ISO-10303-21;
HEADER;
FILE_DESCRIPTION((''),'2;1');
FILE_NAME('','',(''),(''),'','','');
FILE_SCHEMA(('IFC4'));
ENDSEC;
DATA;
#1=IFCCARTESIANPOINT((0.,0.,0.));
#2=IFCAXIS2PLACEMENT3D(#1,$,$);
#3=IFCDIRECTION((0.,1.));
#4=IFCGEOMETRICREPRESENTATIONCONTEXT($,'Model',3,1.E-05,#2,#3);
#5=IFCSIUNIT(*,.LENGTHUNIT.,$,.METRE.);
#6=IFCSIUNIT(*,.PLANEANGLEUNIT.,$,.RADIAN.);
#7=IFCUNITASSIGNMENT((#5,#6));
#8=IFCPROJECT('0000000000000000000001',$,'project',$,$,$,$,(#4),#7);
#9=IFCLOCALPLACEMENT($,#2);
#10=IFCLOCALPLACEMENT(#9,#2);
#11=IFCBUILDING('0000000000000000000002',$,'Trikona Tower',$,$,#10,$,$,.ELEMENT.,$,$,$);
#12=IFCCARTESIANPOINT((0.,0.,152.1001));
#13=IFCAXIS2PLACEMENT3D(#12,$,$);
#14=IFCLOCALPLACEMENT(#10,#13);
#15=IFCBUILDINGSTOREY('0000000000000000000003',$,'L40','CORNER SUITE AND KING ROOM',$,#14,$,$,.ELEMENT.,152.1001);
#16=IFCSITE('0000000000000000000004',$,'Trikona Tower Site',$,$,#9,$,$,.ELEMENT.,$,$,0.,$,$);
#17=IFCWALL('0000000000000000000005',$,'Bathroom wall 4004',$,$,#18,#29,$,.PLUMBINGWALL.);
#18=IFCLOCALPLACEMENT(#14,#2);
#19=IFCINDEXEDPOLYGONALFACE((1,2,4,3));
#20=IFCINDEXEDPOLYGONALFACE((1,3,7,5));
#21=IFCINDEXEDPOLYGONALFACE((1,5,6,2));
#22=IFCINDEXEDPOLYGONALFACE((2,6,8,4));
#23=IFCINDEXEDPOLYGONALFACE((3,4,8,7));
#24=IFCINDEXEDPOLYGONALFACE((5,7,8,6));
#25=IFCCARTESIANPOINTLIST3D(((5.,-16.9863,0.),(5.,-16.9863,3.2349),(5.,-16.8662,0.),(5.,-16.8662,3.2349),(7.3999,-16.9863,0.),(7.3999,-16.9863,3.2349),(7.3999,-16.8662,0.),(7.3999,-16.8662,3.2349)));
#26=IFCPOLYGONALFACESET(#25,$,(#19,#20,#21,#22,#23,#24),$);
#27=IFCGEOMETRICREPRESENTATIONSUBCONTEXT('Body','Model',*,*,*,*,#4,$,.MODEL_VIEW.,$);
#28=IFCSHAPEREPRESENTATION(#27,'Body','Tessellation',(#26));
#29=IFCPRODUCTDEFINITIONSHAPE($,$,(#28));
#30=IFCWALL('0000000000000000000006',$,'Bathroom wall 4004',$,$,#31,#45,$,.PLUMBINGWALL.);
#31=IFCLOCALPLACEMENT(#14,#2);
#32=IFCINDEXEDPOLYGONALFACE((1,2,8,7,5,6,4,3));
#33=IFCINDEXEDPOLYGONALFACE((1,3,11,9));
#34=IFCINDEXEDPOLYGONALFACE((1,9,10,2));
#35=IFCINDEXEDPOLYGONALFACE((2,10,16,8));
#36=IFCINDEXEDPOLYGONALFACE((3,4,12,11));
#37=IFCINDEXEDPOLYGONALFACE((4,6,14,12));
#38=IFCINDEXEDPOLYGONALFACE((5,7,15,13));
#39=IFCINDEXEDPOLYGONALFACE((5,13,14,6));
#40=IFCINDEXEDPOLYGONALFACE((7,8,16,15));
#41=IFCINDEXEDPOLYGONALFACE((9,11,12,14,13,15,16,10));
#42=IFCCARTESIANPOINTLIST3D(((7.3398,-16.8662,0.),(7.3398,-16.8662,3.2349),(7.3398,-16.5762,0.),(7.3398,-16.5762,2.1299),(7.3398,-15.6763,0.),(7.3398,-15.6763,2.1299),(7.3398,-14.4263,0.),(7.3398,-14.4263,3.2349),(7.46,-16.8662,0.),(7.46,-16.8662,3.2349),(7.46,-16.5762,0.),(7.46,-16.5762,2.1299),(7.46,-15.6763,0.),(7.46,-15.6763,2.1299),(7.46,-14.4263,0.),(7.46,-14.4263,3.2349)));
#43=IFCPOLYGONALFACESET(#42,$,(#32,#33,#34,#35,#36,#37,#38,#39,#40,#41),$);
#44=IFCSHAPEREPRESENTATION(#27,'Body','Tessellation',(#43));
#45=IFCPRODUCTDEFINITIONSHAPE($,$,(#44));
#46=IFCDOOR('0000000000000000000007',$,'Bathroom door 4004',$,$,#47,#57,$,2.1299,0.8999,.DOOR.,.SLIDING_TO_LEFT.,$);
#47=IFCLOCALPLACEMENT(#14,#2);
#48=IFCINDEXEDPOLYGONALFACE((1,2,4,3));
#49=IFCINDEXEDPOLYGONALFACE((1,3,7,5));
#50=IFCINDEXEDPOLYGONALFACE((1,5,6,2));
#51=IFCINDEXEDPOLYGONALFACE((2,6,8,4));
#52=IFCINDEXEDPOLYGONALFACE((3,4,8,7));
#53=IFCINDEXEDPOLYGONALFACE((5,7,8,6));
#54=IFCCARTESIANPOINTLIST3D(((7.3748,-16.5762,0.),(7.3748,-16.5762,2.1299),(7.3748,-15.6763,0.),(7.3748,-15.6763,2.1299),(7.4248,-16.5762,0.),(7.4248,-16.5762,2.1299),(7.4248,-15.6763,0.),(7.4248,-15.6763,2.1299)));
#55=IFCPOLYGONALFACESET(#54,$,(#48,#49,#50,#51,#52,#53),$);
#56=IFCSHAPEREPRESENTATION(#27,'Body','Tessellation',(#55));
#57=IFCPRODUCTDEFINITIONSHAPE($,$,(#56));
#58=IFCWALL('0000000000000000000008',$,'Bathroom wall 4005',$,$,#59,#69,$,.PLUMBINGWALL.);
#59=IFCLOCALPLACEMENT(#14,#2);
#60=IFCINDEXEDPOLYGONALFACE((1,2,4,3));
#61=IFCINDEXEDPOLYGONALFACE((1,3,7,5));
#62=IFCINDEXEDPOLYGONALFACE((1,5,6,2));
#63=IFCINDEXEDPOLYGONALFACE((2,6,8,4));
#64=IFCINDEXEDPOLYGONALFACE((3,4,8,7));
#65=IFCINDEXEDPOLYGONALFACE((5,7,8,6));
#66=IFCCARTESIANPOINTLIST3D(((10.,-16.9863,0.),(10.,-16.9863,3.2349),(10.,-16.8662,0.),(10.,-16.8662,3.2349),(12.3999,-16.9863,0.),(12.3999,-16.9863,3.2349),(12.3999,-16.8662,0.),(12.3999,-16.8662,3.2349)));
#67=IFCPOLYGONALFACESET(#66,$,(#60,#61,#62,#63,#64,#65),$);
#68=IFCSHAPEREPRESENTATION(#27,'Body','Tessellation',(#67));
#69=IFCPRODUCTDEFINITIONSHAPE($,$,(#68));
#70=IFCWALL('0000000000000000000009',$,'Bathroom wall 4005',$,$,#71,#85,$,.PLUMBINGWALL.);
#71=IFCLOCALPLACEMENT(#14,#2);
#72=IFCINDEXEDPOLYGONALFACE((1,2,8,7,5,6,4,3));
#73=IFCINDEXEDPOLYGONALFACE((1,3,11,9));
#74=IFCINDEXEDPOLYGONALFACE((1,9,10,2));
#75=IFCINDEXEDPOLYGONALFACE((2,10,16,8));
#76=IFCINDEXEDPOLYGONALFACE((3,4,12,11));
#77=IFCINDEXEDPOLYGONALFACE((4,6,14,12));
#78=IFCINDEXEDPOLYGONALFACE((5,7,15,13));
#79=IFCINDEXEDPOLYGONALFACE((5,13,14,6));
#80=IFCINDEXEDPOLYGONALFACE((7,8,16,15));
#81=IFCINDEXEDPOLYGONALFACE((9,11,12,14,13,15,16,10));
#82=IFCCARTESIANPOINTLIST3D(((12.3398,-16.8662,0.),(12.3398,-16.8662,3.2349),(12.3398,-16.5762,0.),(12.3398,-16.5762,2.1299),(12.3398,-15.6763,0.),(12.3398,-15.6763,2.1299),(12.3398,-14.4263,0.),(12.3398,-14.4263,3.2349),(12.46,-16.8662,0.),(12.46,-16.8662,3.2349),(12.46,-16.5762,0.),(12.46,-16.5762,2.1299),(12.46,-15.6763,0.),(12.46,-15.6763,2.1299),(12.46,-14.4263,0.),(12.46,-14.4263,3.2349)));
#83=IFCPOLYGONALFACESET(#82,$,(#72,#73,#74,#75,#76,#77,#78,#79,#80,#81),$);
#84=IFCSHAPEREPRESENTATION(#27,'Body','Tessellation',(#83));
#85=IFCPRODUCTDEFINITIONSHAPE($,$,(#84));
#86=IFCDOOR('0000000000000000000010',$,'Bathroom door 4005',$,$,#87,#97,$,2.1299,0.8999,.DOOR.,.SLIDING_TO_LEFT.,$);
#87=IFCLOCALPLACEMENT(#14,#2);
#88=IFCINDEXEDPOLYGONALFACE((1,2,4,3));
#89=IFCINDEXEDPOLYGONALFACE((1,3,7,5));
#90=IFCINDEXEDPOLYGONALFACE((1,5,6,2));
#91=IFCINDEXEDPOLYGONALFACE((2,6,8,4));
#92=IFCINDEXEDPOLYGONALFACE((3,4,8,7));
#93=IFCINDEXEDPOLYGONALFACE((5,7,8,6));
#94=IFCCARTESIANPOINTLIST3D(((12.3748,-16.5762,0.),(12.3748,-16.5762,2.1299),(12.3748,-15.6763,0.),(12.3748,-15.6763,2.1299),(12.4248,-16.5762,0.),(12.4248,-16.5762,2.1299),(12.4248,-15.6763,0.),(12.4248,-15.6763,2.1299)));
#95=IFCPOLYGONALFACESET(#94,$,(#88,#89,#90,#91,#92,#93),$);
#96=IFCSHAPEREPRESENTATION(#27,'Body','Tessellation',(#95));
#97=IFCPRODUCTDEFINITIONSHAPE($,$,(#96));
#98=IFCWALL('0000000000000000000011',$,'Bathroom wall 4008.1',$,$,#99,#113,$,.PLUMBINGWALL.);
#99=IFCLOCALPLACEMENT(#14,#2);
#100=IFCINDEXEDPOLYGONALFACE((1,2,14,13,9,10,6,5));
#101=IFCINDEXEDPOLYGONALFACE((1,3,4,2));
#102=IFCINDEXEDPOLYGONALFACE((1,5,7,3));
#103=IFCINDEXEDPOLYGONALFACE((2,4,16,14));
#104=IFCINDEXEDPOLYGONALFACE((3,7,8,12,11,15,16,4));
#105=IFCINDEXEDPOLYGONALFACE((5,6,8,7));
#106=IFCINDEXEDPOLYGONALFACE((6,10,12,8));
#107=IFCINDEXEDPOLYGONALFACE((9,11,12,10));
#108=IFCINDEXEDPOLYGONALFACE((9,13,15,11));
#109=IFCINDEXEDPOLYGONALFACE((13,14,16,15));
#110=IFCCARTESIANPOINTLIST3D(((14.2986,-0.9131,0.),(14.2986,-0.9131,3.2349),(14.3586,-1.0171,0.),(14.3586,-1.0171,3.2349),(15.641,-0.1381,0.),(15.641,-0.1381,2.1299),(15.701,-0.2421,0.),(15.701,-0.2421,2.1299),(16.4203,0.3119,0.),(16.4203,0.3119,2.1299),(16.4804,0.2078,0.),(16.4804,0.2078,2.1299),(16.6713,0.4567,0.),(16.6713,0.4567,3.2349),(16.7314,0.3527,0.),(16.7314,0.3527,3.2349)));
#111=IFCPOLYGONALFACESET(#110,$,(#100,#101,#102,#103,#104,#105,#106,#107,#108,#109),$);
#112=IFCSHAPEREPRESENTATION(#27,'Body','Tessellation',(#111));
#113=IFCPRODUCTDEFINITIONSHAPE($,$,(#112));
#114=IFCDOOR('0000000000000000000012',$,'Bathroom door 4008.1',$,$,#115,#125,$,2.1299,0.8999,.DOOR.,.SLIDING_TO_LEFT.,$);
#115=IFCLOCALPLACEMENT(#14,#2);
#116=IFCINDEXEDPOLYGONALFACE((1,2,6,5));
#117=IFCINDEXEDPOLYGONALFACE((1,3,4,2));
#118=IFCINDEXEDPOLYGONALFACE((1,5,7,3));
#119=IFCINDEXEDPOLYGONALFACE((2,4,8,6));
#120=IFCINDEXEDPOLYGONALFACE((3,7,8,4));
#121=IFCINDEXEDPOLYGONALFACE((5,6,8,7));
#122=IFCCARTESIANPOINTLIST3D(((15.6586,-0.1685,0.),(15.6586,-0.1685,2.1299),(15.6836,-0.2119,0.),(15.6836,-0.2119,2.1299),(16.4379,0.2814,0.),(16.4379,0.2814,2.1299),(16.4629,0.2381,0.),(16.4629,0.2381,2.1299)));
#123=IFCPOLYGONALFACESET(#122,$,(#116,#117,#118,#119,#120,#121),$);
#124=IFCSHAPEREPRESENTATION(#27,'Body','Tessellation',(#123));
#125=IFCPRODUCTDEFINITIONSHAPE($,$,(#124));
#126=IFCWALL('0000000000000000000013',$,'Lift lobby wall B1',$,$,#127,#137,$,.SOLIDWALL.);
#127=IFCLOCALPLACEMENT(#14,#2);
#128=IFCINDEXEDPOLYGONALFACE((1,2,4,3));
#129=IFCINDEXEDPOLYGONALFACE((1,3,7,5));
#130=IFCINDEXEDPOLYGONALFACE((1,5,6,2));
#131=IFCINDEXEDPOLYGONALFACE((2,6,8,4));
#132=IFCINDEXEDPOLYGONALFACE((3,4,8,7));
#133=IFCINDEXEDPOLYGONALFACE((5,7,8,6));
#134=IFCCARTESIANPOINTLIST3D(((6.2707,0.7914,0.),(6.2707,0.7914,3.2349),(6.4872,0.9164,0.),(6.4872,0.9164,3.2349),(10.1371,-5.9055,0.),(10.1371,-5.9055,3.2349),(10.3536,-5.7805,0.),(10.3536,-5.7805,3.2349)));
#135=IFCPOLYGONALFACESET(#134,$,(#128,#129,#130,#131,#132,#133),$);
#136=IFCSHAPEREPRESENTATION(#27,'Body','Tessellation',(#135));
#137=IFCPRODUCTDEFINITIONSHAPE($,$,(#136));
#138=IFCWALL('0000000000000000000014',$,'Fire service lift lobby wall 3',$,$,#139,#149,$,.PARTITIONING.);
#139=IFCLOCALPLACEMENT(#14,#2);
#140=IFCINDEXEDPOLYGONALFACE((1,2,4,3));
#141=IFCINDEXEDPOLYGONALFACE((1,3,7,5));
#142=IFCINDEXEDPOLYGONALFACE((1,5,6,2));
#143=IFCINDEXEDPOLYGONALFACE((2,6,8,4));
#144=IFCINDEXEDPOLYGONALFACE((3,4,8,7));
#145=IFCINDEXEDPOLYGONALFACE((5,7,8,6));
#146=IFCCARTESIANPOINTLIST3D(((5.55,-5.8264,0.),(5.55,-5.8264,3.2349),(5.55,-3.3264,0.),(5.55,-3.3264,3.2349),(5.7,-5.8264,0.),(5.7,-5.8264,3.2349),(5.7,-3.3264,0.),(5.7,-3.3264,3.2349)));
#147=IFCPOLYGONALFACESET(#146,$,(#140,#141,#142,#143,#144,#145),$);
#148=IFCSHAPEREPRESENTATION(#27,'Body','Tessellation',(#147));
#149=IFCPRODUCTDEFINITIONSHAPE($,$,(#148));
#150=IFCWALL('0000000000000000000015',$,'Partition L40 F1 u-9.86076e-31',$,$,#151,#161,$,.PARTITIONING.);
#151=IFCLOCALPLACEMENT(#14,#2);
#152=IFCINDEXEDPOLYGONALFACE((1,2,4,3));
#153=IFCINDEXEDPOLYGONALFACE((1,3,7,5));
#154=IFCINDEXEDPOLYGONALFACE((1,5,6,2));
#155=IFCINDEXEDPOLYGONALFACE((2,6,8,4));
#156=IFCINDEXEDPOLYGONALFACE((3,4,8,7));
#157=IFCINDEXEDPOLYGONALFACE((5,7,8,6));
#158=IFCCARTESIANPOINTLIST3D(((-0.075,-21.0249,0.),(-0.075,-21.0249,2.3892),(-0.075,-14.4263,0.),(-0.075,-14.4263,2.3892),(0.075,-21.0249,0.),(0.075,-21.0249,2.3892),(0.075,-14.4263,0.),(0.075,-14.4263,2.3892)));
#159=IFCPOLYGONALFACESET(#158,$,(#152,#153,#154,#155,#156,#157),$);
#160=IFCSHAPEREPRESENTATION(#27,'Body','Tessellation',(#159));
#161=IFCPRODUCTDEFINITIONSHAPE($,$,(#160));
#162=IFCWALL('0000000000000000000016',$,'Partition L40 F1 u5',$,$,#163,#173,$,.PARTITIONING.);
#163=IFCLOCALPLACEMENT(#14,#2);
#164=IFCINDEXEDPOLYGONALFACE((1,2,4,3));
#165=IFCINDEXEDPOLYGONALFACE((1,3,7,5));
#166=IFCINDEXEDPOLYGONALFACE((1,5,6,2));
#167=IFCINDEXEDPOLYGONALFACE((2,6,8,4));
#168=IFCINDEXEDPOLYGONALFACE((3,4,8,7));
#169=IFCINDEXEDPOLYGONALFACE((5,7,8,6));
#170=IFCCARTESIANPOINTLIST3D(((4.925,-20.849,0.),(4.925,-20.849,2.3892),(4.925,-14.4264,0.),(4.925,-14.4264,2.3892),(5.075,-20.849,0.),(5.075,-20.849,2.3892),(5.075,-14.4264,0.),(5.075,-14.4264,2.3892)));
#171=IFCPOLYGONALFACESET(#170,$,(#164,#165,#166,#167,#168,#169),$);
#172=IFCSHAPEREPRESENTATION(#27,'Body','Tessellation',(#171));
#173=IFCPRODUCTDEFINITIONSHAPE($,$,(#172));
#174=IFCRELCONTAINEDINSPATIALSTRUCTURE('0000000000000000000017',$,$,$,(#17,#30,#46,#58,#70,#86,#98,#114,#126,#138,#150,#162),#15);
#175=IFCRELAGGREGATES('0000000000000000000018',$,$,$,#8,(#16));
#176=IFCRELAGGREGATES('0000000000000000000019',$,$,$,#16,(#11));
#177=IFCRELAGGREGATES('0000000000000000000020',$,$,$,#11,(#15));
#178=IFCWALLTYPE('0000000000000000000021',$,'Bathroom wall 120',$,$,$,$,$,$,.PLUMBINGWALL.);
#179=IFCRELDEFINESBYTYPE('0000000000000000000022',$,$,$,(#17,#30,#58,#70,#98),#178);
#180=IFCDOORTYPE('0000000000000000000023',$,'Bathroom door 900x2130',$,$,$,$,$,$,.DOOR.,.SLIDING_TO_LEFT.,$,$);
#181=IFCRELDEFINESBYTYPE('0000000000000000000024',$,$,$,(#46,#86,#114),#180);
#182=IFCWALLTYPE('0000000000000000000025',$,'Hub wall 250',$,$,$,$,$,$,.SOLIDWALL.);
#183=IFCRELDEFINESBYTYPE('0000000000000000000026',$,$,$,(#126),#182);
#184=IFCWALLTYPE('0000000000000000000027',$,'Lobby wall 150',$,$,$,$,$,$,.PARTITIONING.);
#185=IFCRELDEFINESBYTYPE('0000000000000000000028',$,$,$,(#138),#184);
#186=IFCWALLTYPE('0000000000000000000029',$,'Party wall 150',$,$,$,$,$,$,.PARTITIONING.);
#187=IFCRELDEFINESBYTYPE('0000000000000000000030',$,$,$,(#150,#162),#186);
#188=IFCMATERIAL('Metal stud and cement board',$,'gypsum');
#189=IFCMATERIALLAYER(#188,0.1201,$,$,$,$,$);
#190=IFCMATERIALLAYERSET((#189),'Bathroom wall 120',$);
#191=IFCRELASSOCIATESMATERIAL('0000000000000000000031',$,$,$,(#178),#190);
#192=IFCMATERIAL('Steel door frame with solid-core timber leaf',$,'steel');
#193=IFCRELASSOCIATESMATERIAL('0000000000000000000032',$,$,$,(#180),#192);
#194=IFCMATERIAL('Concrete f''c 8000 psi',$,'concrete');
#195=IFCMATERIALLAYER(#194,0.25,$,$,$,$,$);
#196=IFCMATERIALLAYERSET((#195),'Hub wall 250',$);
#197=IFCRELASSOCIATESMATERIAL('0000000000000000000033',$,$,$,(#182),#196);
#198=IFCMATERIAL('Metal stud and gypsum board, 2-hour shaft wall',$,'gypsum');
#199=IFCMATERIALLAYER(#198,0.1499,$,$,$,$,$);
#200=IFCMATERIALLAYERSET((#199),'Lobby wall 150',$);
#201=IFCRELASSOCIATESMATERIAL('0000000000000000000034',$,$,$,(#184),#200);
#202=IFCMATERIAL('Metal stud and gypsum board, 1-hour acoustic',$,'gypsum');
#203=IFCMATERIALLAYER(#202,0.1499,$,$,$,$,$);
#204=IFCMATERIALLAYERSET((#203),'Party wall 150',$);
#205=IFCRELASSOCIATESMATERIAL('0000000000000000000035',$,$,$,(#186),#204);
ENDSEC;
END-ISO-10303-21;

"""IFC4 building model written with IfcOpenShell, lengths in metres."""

from ifc_helpers import new_model, si_unit, direction, frame, frame_2d, origin, place, context, subcontext, project, spatial, rectangle, extrude, material, layer, layer_set, type_object, element, fill, save


model = new_model("IFC4")

# Units and contexts
model_context = context("Model", 3, precision=1e-05, world=origin(), true_north=direction((0.0, 1.0)))
body_context = subcontext(model_context, "Body", "Model", "MODEL_VIEW")
ifc_project = project(units=[si_unit("LENGTHUNIT", "METRE"), si_unit("PLANEANGLEUNIT", "RADIAN")], contexts=[model_context])

# Site, building, storey
site_placement = place(None, origin())
site = spatial("IfcSite", under=ifc_project, at=site_placement, Name="Trikona Tower Site", CompositionType="ELEMENT", RefElevation=0.0)
building_placement = place(site_placement, origin())
building = spatial("IfcBuilding", under=site, at=building_placement, Name="Trikona Tower", CompositionType="ELEMENT")
storey_placement = place(building_placement, frame((0.0, 0.0, 152.1001)))
storey = spatial("IfcBuildingStorey", under=building, at=storey_placement, Name="L40", Description="CORNER SUITE AND KING ROOM", CompositionType="ELEMENT", Elevation=152.1001)

# Wall
ifc_material_1 = material(Name="Metal stud and cement board", Category="gypsum")
ifc_layer_1 = layer(ifc_material_1, 0.1201)
ifc_layer_set_1 = layer_set([ifc_layer_1], Name="Bathroom wall 120")
wall_type_1 = type_object("IfcWallType", Name="Bathroom wall 120", PredefinedType="PLUMBINGWALL", material=ifc_layer_set_1)
wall_1_placement = place(storey_placement, frame((5.0, -16.9263, 0.0), z_axis=(0.0, 0.0, 1.0), x_axis=(1.0, 0.0, 0.0)))
element("IfcWall", 1, at=wall_1_placement, inside=storey, type_object=wall_type_1, Name="Bathroom wall 4004", PredefinedType="PLUMBINGWALL", context=body_context, shape_type="SweptSolid", body=[
    extrude(rectangle(XDim=2.3999, YDim=0.1201, at=frame_2d((1.2, 0.0))), origin(), (0.0, 0.0, 1.0), 3.2349),
])

# Wall, opening, door
wall_2_placement = place(storey_placement, frame((7.3999, -14.4263, 0.0), z_axis=(0.0, 0.0, 1.0), x_axis=(0.0, -1.0, 0.0)))
wall_2 = element("IfcWall", 2, at=wall_2_placement, inside=storey, type_object=wall_type_1, Name="Bathroom wall 4004", PredefinedType="PLUMBINGWALL", context=body_context, shape_type="SweptSolid", body=[
    extrude(rectangle(XDim=2.4399, YDim=0.1201, at=frame_2d((1.22, 0.0))), origin(), (0.0, 0.0, 1.0), 3.2349),
])
opening_1_placement = place(wall_2_placement, frame((1.25, 0.0, 0.0)))
opening_1 = element("IfcOpeningElement", 3, at=opening_1_placement, cuts=wall_2, PredefinedType="OPENING", context=body_context, shape_type="SweptSolid", body=[
    extrude(rectangle(XDim=0.8999, YDim=2.1299, at=frame_2d((0.45, 1.0649))), frame((0.0, 0.0701, 0.0), z_axis=(0.0, -1.0, 0.0), x_axis=(1.0, 0.0, 0.0)), (0.0, 0.0, 1.0), 0.1401),
])
ifc_material_2 = material(Name="Steel door frame with solid-core timber leaf", Category="steel")
door_type_1 = type_object("IfcDoorType", Name="Bathroom door 900x2130", OperationType="SLIDING_TO_LEFT", PredefinedType="DOOR", material=ifc_material_2)
door_1_placement = place(opening_1_placement, origin())
door_1 = element("IfcDoor", 4, at=door_1_placement, inside=storey, type_object=door_type_1, Name="Bathroom door 4004", OperationType="SLIDING_TO_LEFT", OverallHeight=2.1299, OverallWidth=0.8999, PredefinedType="DOOR", context=body_context, shape_type="SweptSolid", body=[
    extrude(rectangle(XDim=0.8999, YDim=2.1299, at=frame_2d((0.45, 1.0649))), frame((0.0, 0.0249, 0.0), z_axis=(0.0, -1.0, 0.0), x_axis=(1.0, 0.0, 0.0)), (0.0, 0.0, 1.0), 0.05),
])
fill(opening_1, door_1)

# Wall
wall_3_placement = place(storey_placement, frame((10.0, -16.9263, 0.0), z_axis=(0.0, 0.0, 1.0), x_axis=(1.0, 0.0, 0.0)))
element("IfcWall", 5, at=wall_3_placement, inside=storey, type_object=wall_type_1, Name="Bathroom wall 4005", PredefinedType="PLUMBINGWALL", context=body_context, shape_type="SweptSolid", body=[
    extrude(rectangle(XDim=2.3999, YDim=0.1201, at=frame_2d((1.2, 0.0))), origin(), (0.0, 0.0, 1.0), 3.2349),
])

# Walls, openings, doors
wall_4_placement = place(storey_placement, frame((12.3999, -14.4263, 0.0), z_axis=(0.0, 0.0, 1.0), x_axis=(0.0, -1.0, 0.0)))
wall_4 = element("IfcWall", 6, at=wall_4_placement, inside=storey, type_object=wall_type_1, Name="Bathroom wall 4005", PredefinedType="PLUMBINGWALL", context=body_context, shape_type="SweptSolid", body=[
    extrude(rectangle(XDim=2.4399, YDim=0.1201, at=frame_2d((1.22, 0.0))), origin(), (0.0, 0.0, 1.0), 3.2349),
])
opening_2_placement = place(wall_4_placement, frame((1.25, 0.0, 0.0)))
opening_2 = element("IfcOpeningElement", 7, at=opening_2_placement, cuts=wall_4, PredefinedType="OPENING", context=body_context, shape_type="SweptSolid", body=[
    extrude(rectangle(XDim=0.8999, YDim=2.1299, at=frame_2d((0.45, 1.0649))), frame((0.0, 0.0701, 0.0), z_axis=(0.0, -1.0, 0.0), x_axis=(1.0, 0.0, 0.0)), (0.0, 0.0, 1.0), 0.1401),
])
door_2_placement = place(opening_2_placement, origin())
door_2 = element("IfcDoor", 8, at=door_2_placement, inside=storey, type_object=door_type_1, Name="Bathroom door 4005", OperationType="SLIDING_TO_LEFT", OverallHeight=2.1299, OverallWidth=0.8999, PredefinedType="DOOR", context=body_context, shape_type="SweptSolid", body=[
    extrude(rectangle(XDim=0.8999, YDim=2.1299, at=frame_2d((0.45, 1.0649))), frame((0.0, 0.0249, 0.0), z_axis=(0.0, -1.0, 0.0), x_axis=(1.0, 0.0, 0.0)), (0.0, 0.0, 1.0), 0.05),
])
fill(opening_2, door_2)
wall_5_placement = place(storey_placement, frame((14.3286, -0.9651, 0.0), z_axis=(0.0, 0.0, 1.0), x_axis=(0.866036, 0.499982, 0.0)))
wall_5 = element("IfcWall", 9, at=wall_5_placement, inside=storey, type_object=wall_type_1, Name="Bathroom wall 4008.1", PredefinedType="PLUMBINGWALL", context=body_context, shape_type="SweptSolid", body=[
    extrude(rectangle(XDim=2.7397, YDim=0.1201, at=frame_2d((1.3699, 0.0))), origin(), (0.0, 0.0, 1.0), 3.2349),
])
opening_3_placement = place(wall_5_placement, frame((1.55, 0.0, 0.0)))
opening_3 = element("IfcOpeningElement", 10, at=opening_3_placement, cuts=wall_5, PredefinedType="OPENING", context=body_context, shape_type="SweptSolid", body=[
    extrude(rectangle(XDim=0.8999, YDim=2.1299, at=frame_2d((0.45, 1.0649))), frame((0.0, 0.0701, 0.0), z_axis=(0.0, -1.0, 0.0), x_axis=(1.0, 0.0, 0.0)), (0.0, 0.0, 1.0), 0.1401),
])
door_3_placement = place(opening_3_placement, origin())
door_3 = element("IfcDoor", 11, at=door_3_placement, inside=storey, type_object=door_type_1, Name="Bathroom door 4008.1", OperationType="SLIDING_TO_LEFT", OverallHeight=2.1299, OverallWidth=0.8999, PredefinedType="DOOR", context=body_context, shape_type="SweptSolid", body=[
    extrude(rectangle(XDim=0.8999, YDim=2.1299, at=frame_2d((0.45, 1.0649))), frame((0.0, 0.0249, 0.0), z_axis=(0.0, -1.0, 0.0), x_axis=(1.0, 0.0, 0.0)), (0.0, 0.0, 1.0), 0.05),
])
fill(opening_3, door_3)

# Walls
ifc_material_3 = material(Name="Concrete f'c 8000 psi", Category="concrete")
ifc_layer_2 = layer(ifc_material_3, 0.25)
ifc_layer_set_2 = layer_set([ifc_layer_2], Name="Hub wall 250")
wall_type_2 = type_object("IfcWallType", Name="Hub wall 250", PredefinedType="SOLIDWALL", material=ifc_layer_set_2)
wall_6_placement = place(storey_placement, frame((10.2454, -5.843, 0.0), z_axis=(0.0, 0.0, 1.0), x_axis=(-0.499993, 0.866029, 0.0)))
element("IfcWall", 12, at=wall_6_placement, inside=storey, type_object=wall_type_2, Name="Lift lobby wall B1", PredefinedType="SOLIDWALL", context=body_context, shape_type="SweptSolid", body=[
    extrude(rectangle(XDim=7.7329, YDim=0.25, at=frame_2d((3.8665, 0.0))), origin(), (0.0, 0.0, 1.0), 3.2349),
])
ifc_material_4 = material(Name="Metal stud and gypsum board, 2-hour shaft wall", Category="gypsum")
ifc_layer_3 = layer(ifc_material_4, 0.1499)
ifc_layer_set_3 = layer_set([ifc_layer_3], Name="Lobby wall 150")
wall_type_3 = type_object("IfcWallType", Name="Lobby wall 150", PredefinedType="PARTITIONING", material=ifc_layer_set_3)
wall_7_placement = place(storey_placement, frame((5.625, -5.8264, 0.0), z_axis=(0.0, 0.0, 1.0), x_axis=(0.0, 1.0, 0.0)))
element("IfcWall", 13, at=wall_7_placement, inside=storey, type_object=wall_type_3, Name="Fire service lift lobby wall 3", PredefinedType="PARTITIONING", context=body_context, shape_type="SweptSolid", body=[
    extrude(rectangle(XDim=2.5, YDim=0.1499, at=frame_2d((1.25, 0.0))), origin(), (0.0, 0.0, 1.0), 3.2349),
])
ifc_material_5 = material(Name="Metal stud and gypsum board, 1-hour acoustic", Category="gypsum")
ifc_layer_4 = layer(ifc_material_5, 0.1499)
ifc_layer_set_4 = layer_set([ifc_layer_4], Name="Party wall 150")
wall_type_4 = type_object("IfcWallType", Name="Party wall 150", PredefinedType="PARTITIONING", material=ifc_layer_set_4)
wall_8_placement = place(storey_placement, frame((0.0, -14.4263, 0.0), z_axis=(0.0, 0.0, 1.0), x_axis=(0.0, -1.0, 0.0)))
element("IfcWall", 14, at=wall_8_placement, inside=storey, type_object=wall_type_4, Name="Partition L40 F1 u-9.86076e-31", PredefinedType="PARTITIONING", context=body_context, shape_type="SweptSolid", body=[
    extrude(rectangle(XDim=6.5986, YDim=0.1499, at=frame_2d((3.2993, 0.0))), origin(), (0.0, 0.0, 1.0), 2.3892),
])
wall_9_placement = place(storey_placement, frame((5.0, -14.4263, 0.0), z_axis=(0.0, 0.0, 1.0), x_axis=(0.0, -1.0, 0.0)))
element("IfcWall", 15, at=wall_9_placement, inside=storey, type_object=wall_type_4, Name="Partition L40 F1 u5", PredefinedType="PARTITIONING", context=body_context, shape_type="SweptSolid", body=[
    extrude(rectangle(XDim=6.4226, YDim=0.1499, at=frame_2d((3.2114, 0.0))), origin(), (0.0, 0.0, 1.0), 2.3892),
])

save(model, "model.ifc")
